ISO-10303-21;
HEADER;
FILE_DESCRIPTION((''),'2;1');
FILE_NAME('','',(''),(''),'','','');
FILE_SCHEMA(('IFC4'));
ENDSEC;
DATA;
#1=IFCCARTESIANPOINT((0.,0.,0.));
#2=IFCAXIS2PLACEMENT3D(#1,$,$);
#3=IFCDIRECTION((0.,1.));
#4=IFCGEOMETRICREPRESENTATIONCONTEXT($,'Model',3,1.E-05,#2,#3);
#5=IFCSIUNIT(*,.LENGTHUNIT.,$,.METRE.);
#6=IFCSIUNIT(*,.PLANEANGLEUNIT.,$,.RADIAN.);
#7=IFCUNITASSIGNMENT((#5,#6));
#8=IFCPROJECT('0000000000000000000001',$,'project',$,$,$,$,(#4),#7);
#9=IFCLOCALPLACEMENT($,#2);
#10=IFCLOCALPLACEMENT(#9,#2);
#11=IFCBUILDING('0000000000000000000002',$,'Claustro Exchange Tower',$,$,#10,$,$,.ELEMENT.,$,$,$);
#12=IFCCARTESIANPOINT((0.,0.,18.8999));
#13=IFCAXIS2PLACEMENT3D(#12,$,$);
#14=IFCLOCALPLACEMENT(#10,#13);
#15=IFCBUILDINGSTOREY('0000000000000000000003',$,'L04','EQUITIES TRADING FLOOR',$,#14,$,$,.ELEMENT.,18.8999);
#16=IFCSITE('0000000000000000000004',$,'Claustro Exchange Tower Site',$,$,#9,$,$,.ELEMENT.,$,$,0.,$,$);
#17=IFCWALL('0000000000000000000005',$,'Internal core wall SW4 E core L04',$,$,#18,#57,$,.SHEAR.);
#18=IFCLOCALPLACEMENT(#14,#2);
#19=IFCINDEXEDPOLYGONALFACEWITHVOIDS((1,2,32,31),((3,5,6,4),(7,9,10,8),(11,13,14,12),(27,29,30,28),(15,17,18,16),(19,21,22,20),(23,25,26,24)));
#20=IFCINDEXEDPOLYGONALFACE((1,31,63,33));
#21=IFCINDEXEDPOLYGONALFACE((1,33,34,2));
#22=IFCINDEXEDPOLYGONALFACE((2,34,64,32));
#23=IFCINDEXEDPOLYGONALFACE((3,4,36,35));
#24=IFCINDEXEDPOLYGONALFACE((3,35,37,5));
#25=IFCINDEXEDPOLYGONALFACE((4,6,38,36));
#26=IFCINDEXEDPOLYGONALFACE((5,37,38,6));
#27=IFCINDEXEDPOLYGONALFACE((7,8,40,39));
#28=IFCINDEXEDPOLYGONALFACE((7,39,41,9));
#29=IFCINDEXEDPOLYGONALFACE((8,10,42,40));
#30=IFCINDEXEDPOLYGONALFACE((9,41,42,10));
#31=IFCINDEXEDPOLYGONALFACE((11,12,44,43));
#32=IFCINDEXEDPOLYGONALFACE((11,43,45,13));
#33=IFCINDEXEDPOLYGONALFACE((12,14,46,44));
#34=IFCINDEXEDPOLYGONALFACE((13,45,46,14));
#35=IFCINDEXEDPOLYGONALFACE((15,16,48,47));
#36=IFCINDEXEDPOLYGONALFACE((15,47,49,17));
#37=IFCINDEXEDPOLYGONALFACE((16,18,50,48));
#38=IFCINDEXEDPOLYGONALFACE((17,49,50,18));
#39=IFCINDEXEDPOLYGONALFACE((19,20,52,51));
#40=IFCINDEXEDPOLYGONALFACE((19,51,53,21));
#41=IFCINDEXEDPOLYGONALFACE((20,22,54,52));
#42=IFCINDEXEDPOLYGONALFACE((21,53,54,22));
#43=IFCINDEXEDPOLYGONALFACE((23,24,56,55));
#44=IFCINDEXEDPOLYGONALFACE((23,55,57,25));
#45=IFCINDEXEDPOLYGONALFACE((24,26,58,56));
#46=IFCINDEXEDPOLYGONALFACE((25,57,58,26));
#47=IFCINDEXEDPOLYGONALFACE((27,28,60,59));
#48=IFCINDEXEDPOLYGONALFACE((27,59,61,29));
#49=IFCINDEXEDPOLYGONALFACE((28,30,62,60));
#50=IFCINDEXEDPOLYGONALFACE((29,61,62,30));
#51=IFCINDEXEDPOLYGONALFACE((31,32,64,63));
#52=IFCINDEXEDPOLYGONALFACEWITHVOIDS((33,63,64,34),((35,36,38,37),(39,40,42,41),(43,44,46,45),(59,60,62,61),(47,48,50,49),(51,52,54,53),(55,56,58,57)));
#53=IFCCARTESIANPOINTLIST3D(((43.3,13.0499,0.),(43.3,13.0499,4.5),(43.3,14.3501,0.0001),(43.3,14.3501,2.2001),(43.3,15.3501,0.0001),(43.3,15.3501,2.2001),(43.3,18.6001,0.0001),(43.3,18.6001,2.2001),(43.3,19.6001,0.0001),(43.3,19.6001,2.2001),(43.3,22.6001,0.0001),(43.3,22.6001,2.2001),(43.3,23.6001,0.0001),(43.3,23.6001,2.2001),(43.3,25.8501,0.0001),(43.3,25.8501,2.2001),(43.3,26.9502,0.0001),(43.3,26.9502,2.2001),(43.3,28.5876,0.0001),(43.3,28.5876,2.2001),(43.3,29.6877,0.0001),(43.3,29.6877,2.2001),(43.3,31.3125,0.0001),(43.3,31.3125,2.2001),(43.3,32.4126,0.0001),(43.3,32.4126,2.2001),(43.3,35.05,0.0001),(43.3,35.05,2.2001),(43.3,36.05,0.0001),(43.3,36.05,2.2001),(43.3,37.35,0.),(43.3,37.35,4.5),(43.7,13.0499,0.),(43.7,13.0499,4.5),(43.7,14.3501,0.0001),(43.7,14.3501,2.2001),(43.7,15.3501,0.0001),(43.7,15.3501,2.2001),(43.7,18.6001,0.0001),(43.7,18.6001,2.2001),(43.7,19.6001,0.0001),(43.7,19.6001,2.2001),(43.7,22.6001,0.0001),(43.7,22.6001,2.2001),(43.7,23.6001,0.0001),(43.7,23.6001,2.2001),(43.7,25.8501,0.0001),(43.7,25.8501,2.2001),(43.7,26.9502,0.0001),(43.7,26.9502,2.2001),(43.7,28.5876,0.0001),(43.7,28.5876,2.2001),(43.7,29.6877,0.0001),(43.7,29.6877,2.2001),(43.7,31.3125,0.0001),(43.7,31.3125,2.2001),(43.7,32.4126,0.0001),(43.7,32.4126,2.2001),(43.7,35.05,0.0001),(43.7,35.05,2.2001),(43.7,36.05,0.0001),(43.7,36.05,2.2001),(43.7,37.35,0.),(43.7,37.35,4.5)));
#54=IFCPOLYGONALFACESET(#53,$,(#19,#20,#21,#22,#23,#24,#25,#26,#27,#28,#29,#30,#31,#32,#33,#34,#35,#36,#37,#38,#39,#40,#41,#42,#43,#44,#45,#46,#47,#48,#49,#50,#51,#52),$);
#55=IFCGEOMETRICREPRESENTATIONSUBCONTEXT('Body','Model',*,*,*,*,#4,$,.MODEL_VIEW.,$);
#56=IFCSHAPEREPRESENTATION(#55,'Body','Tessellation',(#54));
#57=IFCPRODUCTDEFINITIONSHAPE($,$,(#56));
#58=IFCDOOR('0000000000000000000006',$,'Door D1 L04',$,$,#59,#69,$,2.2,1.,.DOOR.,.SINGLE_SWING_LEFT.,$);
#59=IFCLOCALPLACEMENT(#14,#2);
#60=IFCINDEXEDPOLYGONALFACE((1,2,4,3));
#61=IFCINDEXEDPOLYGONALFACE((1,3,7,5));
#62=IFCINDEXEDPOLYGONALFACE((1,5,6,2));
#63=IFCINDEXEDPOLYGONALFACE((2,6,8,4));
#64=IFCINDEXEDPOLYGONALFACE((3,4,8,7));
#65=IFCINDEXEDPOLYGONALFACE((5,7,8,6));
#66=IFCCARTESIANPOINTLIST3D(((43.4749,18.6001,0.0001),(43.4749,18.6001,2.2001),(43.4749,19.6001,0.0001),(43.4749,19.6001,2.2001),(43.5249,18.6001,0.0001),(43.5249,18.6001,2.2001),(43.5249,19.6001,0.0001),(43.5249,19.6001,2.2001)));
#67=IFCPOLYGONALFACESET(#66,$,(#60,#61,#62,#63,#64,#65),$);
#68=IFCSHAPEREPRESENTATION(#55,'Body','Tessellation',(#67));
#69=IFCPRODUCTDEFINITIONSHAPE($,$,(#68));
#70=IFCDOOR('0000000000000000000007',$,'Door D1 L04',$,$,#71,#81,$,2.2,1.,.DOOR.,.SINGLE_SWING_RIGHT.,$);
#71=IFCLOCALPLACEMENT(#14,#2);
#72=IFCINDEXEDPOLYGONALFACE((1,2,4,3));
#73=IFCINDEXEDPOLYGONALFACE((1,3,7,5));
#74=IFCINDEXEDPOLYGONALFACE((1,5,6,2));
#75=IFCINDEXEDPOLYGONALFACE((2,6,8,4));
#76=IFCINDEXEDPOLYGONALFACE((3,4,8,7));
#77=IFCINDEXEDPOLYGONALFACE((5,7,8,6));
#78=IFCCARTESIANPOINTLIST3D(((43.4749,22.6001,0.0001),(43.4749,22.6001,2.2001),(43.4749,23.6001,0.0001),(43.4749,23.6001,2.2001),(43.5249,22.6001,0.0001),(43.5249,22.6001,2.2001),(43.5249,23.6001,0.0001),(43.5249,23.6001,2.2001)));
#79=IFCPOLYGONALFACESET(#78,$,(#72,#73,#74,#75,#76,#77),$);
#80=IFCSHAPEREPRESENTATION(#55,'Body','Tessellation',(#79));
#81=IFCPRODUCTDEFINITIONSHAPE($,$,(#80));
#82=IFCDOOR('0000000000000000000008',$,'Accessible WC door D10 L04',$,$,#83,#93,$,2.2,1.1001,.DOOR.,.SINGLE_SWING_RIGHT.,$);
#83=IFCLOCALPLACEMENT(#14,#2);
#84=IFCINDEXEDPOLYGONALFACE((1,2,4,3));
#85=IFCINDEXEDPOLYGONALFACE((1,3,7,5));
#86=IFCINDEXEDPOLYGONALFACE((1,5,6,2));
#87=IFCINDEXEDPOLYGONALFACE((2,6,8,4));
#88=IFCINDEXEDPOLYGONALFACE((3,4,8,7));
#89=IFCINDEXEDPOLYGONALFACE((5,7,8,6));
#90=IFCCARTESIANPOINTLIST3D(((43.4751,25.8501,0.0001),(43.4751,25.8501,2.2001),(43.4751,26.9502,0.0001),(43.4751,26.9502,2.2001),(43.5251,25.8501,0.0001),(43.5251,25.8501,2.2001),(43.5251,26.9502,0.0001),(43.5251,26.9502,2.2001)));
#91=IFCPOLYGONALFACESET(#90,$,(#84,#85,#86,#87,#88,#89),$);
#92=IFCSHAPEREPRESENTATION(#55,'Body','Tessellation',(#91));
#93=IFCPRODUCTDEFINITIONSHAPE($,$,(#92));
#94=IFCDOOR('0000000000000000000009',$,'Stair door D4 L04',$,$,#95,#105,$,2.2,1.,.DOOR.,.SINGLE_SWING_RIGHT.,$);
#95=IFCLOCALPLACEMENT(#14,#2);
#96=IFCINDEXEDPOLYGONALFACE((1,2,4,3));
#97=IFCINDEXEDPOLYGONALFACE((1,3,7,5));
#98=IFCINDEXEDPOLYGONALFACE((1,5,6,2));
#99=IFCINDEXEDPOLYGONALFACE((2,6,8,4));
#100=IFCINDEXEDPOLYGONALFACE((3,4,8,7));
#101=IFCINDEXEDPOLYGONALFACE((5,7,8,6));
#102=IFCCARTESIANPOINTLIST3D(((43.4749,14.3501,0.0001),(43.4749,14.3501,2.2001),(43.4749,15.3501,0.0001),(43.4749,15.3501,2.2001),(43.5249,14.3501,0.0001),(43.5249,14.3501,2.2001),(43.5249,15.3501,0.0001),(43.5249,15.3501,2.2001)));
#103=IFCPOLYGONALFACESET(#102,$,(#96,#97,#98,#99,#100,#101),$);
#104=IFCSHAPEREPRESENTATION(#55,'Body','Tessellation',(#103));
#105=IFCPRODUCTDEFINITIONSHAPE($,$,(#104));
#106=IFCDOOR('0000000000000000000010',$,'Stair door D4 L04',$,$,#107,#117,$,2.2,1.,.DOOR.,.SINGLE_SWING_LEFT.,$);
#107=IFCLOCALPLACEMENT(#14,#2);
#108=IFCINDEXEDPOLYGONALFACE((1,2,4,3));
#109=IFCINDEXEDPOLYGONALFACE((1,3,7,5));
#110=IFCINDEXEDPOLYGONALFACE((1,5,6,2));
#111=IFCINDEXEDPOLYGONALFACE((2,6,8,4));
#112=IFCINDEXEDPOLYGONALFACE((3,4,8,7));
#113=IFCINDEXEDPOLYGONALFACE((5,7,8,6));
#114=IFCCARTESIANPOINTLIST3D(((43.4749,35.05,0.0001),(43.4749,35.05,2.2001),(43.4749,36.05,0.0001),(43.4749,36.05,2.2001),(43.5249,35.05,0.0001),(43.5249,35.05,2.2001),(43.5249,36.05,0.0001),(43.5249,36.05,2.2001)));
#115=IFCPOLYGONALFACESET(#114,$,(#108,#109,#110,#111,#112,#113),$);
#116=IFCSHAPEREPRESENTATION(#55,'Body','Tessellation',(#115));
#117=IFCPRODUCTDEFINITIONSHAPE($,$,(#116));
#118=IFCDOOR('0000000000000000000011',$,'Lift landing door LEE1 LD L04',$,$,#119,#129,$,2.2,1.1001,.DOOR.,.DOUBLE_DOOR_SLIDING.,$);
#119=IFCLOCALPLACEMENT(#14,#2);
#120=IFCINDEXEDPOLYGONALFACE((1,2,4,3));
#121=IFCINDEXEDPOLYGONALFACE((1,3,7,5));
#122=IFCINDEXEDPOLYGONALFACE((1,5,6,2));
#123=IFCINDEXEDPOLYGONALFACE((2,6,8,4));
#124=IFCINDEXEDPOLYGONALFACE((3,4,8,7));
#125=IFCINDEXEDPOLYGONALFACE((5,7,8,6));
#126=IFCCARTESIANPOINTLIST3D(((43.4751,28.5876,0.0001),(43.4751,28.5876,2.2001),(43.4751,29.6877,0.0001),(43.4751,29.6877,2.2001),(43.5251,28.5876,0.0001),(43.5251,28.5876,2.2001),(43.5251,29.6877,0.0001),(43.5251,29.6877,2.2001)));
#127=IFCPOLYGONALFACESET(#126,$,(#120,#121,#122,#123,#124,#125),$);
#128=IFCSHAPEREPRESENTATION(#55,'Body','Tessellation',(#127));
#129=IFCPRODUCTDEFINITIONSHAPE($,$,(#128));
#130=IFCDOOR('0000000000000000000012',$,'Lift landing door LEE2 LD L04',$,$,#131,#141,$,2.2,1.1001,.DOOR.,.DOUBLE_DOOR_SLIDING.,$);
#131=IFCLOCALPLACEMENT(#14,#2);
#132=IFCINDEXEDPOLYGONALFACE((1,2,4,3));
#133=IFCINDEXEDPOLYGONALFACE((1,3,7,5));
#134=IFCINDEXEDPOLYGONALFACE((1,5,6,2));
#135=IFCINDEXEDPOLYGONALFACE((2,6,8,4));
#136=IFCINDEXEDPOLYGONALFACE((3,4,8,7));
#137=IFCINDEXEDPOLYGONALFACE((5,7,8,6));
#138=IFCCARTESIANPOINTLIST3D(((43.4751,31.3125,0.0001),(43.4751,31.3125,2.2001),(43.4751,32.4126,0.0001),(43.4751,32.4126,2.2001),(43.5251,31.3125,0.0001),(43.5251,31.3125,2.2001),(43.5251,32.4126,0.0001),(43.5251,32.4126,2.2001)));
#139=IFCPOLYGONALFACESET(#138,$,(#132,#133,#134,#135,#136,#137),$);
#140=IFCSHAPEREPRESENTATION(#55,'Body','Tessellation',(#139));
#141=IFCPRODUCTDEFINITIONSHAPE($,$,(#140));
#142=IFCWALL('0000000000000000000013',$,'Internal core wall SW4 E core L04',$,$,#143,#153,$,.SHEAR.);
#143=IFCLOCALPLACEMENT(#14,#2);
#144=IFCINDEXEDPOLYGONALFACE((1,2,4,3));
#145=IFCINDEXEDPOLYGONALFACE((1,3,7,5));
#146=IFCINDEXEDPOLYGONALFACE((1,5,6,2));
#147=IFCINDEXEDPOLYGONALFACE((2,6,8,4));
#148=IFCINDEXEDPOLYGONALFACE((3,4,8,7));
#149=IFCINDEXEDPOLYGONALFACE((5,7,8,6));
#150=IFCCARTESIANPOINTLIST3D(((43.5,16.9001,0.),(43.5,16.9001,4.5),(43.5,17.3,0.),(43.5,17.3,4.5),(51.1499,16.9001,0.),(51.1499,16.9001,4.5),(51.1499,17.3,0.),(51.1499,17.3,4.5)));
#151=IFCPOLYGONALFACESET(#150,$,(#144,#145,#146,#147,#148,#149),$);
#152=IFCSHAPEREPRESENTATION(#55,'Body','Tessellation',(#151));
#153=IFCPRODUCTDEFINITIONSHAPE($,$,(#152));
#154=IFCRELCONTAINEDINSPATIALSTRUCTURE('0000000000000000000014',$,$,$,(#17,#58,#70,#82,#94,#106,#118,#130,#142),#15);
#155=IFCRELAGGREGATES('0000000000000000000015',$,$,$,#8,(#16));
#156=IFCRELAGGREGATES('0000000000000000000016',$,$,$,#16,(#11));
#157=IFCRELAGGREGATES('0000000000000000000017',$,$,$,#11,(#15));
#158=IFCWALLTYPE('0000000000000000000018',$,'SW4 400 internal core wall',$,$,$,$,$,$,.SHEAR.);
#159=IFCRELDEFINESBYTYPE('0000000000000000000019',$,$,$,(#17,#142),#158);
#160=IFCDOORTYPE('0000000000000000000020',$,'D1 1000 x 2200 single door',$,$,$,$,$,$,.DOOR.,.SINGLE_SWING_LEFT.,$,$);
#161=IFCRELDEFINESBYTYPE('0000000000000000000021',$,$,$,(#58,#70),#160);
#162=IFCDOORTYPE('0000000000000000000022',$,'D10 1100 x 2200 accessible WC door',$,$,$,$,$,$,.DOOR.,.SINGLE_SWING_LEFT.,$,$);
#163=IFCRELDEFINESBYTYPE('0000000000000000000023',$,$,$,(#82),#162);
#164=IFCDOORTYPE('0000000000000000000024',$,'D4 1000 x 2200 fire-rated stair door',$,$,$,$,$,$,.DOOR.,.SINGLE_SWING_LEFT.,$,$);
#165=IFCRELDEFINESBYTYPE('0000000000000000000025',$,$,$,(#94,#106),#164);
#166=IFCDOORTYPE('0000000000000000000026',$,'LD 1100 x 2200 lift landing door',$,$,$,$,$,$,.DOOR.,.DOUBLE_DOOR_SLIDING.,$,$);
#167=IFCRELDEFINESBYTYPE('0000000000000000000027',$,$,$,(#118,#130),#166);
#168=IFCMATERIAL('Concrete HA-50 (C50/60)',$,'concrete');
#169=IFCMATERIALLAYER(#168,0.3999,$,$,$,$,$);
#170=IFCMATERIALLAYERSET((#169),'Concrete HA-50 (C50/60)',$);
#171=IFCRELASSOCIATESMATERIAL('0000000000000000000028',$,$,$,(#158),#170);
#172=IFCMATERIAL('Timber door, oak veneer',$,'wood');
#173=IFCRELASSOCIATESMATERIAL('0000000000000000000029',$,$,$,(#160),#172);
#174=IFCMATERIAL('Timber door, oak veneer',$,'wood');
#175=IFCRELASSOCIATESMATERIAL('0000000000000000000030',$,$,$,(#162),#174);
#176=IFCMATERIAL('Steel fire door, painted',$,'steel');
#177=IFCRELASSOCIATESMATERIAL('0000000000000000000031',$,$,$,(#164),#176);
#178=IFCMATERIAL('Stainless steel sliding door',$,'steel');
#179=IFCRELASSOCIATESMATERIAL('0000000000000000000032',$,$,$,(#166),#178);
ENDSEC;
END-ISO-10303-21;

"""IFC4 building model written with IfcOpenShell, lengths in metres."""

from ifc_helpers import new_model, si_unit, direction, frame, frame_2d, origin, place, context, subcontext, project, spatial, rectangle, extrude, material, layer, layer_set, type_object, element, fill, save


model = new_model("IFC4")

# Units and contexts
model_context = context("Model", 3, precision=1e-05, world=origin(), true_north=direction((0.0, 1.0)))
body_context = subcontext(model_context, "Body", "Model", "MODEL_VIEW")
ifc_project = project(units=[si_unit("LENGTHUNIT", "METRE"), si_unit("PLANEANGLEUNIT", "RADIAN")], contexts=[model_context])

# Site, building, storey
site_placement = place(None, origin())
site = spatial("IfcSite", under=ifc_project, at=site_placement, Name="Claustro Exchange Tower Site", CompositionType="ELEMENT", RefElevation=0.0)
building_placement = place(site_placement, origin())
building = spatial("IfcBuilding", under=site, at=building_placement, Name="Claustro Exchange Tower", CompositionType="ELEMENT")
storey_placement = place(building_placement, frame((0.0, 0.0, 18.8999)))
storey = spatial("IfcBuildingStorey", under=building, at=storey_placement, Name="L04", Description="EQUITIES TRADING FLOOR", CompositionType="ELEMENT", Elevation=18.8999)

# Wall, openings, doors
ifc_material_1 = material(Name="Concrete HA-50 (C50/60)", Category="concrete")
ifc_layer_1 = layer(ifc_material_1, 0.3999)
ifc_layer_set_1 = layer_set([ifc_layer_1], Name="Concrete HA-50 (C50/60)")
wall_type_1 = type_object("IfcWallType", Name="SW4 400 internal core wall", PredefinedType="SHEAR", material=ifc_layer_set_1)
wall_1_placement = place(storey_placement, frame((43.5, 13.05, 0.0), z_axis=(0.0, 0.0, 1.0), x_axis=(0.0, 1.0, 0.0)))
wall_1 = element("IfcWall", 1, at=wall_1_placement, inside=storey, type_object=wall_type_1, Name="Internal core wall SW4 E core L04", PredefinedType="SHEAR", context=body_context, shape_type="SweptSolid", body=[
    extrude(rectangle(XDim=24.3, YDim=0.3999, at=frame_2d((12.1499, 0.0))), origin(), (0.0, 0.0, 1.0), 4.5),
])
opening_1_placement = place(wall_1_placement, frame((1.3, 0.0, 0.0)))
opening_1 = element("IfcOpeningElement", 2, at=opening_1_placement, cuts=wall_1, PredefinedType="OPENING", context=body_context, shape_type="SweptSolid", body=[
    extrude(rectangle(XDim=1.0, YDim=2.2, at=frame_2d((0.5, 1.1001))), frame((0.0, 0.21, 0.0), z_axis=(0.0, -1.0, 0.0), x_axis=(1.0, 0.0, 0.0)), (0.0, 0.0, 1.0), 0.4199),
])
opening_2_placement = place(wall_1_placement, frame((22.0, 0.0, 0.0)))
opening_2 = element("IfcOpeningElement", 3, at=opening_2_placement, cuts=wall_1, PredefinedType="OPENING", context=body_context, shape_type="SweptSolid", body=[
    extrude(rectangle(XDim=1.0, YDim=2.2, at=frame_2d((0.5, 1.1001))), frame((0.0, 0.21, 0.0), z_axis=(0.0, -1.0, 0.0), x_axis=(1.0, 0.0, 0.0)), (0.0, 0.0, 1.0), 0.4199),
])
opening_3_placement = place(wall_1_placement, frame((5.55, 0.0, 0.0)))
opening_3 = element("IfcOpeningElement", 4, at=opening_3_placement, cuts=wall_1, PredefinedType="OPENING", context=body_context, shape_type="SweptSolid", body=[
    extrude(rectangle(XDim=1.0, YDim=2.2, at=frame_2d((0.5, 1.1001))), frame((0.0, 0.21, 0.0), z_axis=(0.0, -1.0, 0.0), x_axis=(1.0, 0.0, 0.0)), (0.0, 0.0, 1.0), 0.4199),
])
opening_4_placement = place(wall_1_placement, frame((9.55, 0.0, 0.0)))
opening_4 = element("IfcOpeningElement", 5, at=opening_4_placement, cuts=wall_1, PredefinedType="OPENING", context=body_context, shape_type="SweptSolid", body=[
    extrude(rectangle(XDim=1.0, YDim=2.2, at=frame_2d((0.5, 1.1001))), frame((0.0, 0.21, 0.0), z_axis=(0.0, -1.0, 0.0), x_axis=(1.0, 0.0, 0.0)), (0.0, 0.0, 1.0), 0.4199),
])
opening_5_placement = place(wall_1_placement, frame((12.8, 0.0, 0.0)))
opening_5 = element("IfcOpeningElement", 6, at=opening_5_placement, cuts=wall_1, PredefinedType="OPENING", context=body_context, shape_type="SweptSolid", body=[
    extrude(rectangle(XDim=1.1001, YDim=2.2, at=frame_2d((0.55, 1.1001))), frame((0.0, 0.21, 0.0), z_axis=(0.0, -1.0, 0.0), x_axis=(1.0, 0.0, 0.0)), (0.0, 0.0, 1.0), 0.4199),
])
opening_6_placement = place(wall_1_placement, frame((15.5376, 0.0, 0.0)))
opening_6 = element("IfcOpeningElement", 7, at=opening_6_placement, cuts=wall_1, PredefinedType="OPENING", context=body_context, shape_type="SweptSolid", body=[
    extrude(rectangle(XDim=1.1001, YDim=2.2, at=frame_2d((0.55, 1.1001))), frame((0.0, 0.21, 0.0), z_axis=(0.0, -1.0, 0.0), x_axis=(1.0, 0.0, 0.0)), (0.0, 0.0, 1.0), 0.4199),
])
opening_7_placement = place(wall_1_placement, frame((18.2625, 0.0, 0.0)))
opening_7 = element("IfcOpeningElement", 8, at=opening_7_placement, cuts=wall_1, PredefinedType="OPENING", context=body_context, shape_type="SweptSolid", body=[
    extrude(rectangle(XDim=1.1001, YDim=2.2, at=frame_2d((0.55, 1.1001))), frame((0.0, 0.21, 0.0), z_axis=(0.0, -1.0, 0.0), x_axis=(1.0, 0.0, 0.0)), (0.0, 0.0, 1.0), 0.4199),
])
ifc_material_2 = material(Name="Timber door, oak veneer", Category="wood")
door_type_1 = type_object("IfcDoorType", Name="D1 1000 x 2200 single door", OperationType="SINGLE_SWING_LEFT", PredefinedType="DOOR", material=ifc_material_2)
door_1_placement = place(opening_3_placement, frame((1.0, 0.0, 0.0), z_axis=(0.0, 0.0, 1.0), x_axis=(-1.0, 0.0, 0.0)))
door_1 = element("IfcDoor", 9, at=door_1_placement, inside=storey, type_object=door_type_1, Name="Door D1 L04", OperationType="SINGLE_SWING_LEFT", OverallHeight=2.2, OverallWidth=1.0, PredefinedType="DOOR", context=body_context, shape_type="SweptSolid", body=[
    extrude(rectangle(XDim=1.0, YDim=2.2, at=frame_2d((0.5, 1.1001))), frame((0.0, 0.0249, 0.0), z_axis=(0.0, -1.0, 0.0), x_axis=(1.0, 0.0, 0.0)), (0.0, 0.0, 1.0), 0.05),
])
fill(opening_3, door_1)
door_2_placement = place(opening_4_placement, frame((1.0, 0.0, 0.0), z_axis=(0.0, 0.0, 1.0), x_axis=(-1.0, 0.0, 0.0)))
door_2 = element("IfcDoor", 10, at=door_2_placement, inside=storey, type_object=door_type_1, Name="Door D1 L04", OperationType="SINGLE_SWING_RIGHT", OverallHeight=2.2, OverallWidth=1.0, PredefinedType="DOOR", context=body_context, shape_type="SweptSolid", body=[
    extrude(rectangle(XDim=1.0, YDim=2.2, at=frame_2d((0.5, 1.1001))), frame((0.0, 0.0249, 0.0), z_axis=(0.0, -1.0, 0.0), x_axis=(1.0, 0.0, 0.0)), (0.0, 0.0, 1.0), 0.05),
])
fill(opening_4, door_2)
ifc_material_3 = material(Name="Timber door, oak veneer", Category="wood")
door_type_2 = type_object("IfcDoorType", Name="D10 1100 x 2200 accessible WC door", OperationType="SINGLE_SWING_LEFT", PredefinedType="DOOR", material=ifc_material_3)
door_3_placement = place(opening_5_placement, origin())
door_3 = element("IfcDoor", 11, at=door_3_placement, inside=storey, type_object=door_type_2, Name="Accessible WC door D10 L04", OperationType="SINGLE_SWING_RIGHT", OverallHeight=2.2, OverallWidth=1.1001, PredefinedType="DOOR", context=body_context, shape_type="SweptSolid", body=[
    extrude(rectangle(XDim=1.1001, YDim=2.2, at=frame_2d((0.55, 1.1001))), frame((0.0, 0.0249, 0.0), z_axis=(0.0, -1.0, 0.0), x_axis=(1.0, 0.0, 0.0)), (0.0, 0.0, 1.0), 0.05),
])
fill(opening_5, door_3)
ifc_material_4 = material(Name="Steel fire door, painted", Category="steel")
door_type_3 = type_object("IfcDoorType", Name="D4 1000 x 2200 fire-rated stair door", OperationType="SINGLE_SWING_LEFT", PredefinedType="DOOR", material=ifc_material_4)
door_4_placement = place(opening_1_placement, frame((1.0, 0.0, 0.0), z_axis=(0.0, 0.0, 1.0), x_axis=(-1.0, 0.0, 0.0)))
door_4 = element("IfcDoor", 12, at=door_4_placement, inside=storey, type_object=door_type_3, Name="Stair door D4 L04", OperationType="SINGLE_SWING_RIGHT", OverallHeight=2.2, OverallWidth=1.0, PredefinedType="DOOR", context=body_context, shape_type="SweptSolid", body=[
    extrude(rectangle(XDim=1.0, YDim=2.2, at=frame_2d((0.5, 1.1001))), frame((0.0, 0.0249, 0.0), z_axis=(0.0, -1.0, 0.0), x_axis=(1.0, 0.0, 0.0)), (0.0, 0.0, 1.0), 0.05),
])
fill(opening_1, door_4)
door_5_placement = place(opening_2_placement, frame((1.0, 0.0, 0.0), z_axis=(0.0, 0.0, 1.0), x_axis=(-1.0, 0.0, 0.0)))
door_5 = element("IfcDoor", 13, at=door_5_placement, inside=storey, type_object=door_type_3, Name="Stair door D4 L04", OperationType="SINGLE_SWING_LEFT", OverallHeight=2.2, OverallWidth=1.0, PredefinedType="DOOR", context=body_context, shape_type="SweptSolid", body=[
    extrude(rectangle(XDim=1.0, YDim=2.2, at=frame_2d((0.5, 1.1001))), frame((0.0, 0.0249, 0.0), z_axis=(0.0, -1.0, 0.0), x_axis=(1.0, 0.0, 0.0)), (0.0, 0.0, 1.0), 0.05),
])
fill(opening_2, door_5)
ifc_material_5 = material(Name="Stainless steel sliding door", Category="steel")
door_type_4 = type_object("IfcDoorType", Name="LD 1100 x 2200 lift landing door", OperationType="DOUBLE_DOOR_SLIDING", PredefinedType="DOOR", material=ifc_material_5)
door_6_placement = place(opening_6_placement, origin())
door_6 = element("IfcDoor", 14, at=door_6_placement, inside=storey, type_object=door_type_4, Name="Lift landing door LEE1 LD L04", OperationType="DOUBLE_DOOR_SLIDING", OverallHeight=2.2, OverallWidth=1.1001, PredefinedType="DOOR", context=body_context, shape_type="SweptSolid", body=[
    extrude(rectangle(XDim=1.1001, YDim=2.2, at=frame_2d((0.55, 1.1001))), frame((0.0, 0.0249, 0.0), z_axis=(0.0, -1.0, 0.0), x_axis=(1.0, 0.0, 0.0)), (0.0, 0.0, 1.0), 0.05),
])
fill(opening_6, door_6)
door_7_placement = place(opening_7_placement, origin())
door_7 = element("IfcDoor", 15, at=door_7_placement, inside=storey, type_object=door_type_4, Name="Lift landing door LEE2 LD L04", OperationType="DOUBLE_DOOR_SLIDING", OverallHeight=2.2, OverallWidth=1.1001, PredefinedType="DOOR", context=body_context, shape_type="SweptSolid", body=[
    extrude(rectangle(XDim=1.1001, YDim=2.2, at=frame_2d((0.55, 1.1001))), frame((0.0, 0.0249, 0.0), z_axis=(0.0, -1.0, 0.0), x_axis=(1.0, 0.0, 0.0)), (0.0, 0.0, 1.0), 0.05),
])
fill(opening_7, door_7)

# Wall
wall_2_placement = place(storey_placement, frame((51.1499, 17.1001, 0.0), z_axis=(0.0, 0.0, 1.0), x_axis=(-1.0, 0.0, 0.0)))
element("IfcWall", 16, at=wall_2_placement, inside=storey, type_object=wall_type_1, Name="Internal core wall SW4 E core L04", PredefinedType="SHEAR", context=body_context, shape_type="SweptSolid", body=[
    extrude(rectangle(XDim=7.6499, YDim=0.3999, at=frame_2d((3.825, 0.0))), origin(), (0.0, 0.0, 1.0), 4.5),
])

save(model, "model.ifc")
